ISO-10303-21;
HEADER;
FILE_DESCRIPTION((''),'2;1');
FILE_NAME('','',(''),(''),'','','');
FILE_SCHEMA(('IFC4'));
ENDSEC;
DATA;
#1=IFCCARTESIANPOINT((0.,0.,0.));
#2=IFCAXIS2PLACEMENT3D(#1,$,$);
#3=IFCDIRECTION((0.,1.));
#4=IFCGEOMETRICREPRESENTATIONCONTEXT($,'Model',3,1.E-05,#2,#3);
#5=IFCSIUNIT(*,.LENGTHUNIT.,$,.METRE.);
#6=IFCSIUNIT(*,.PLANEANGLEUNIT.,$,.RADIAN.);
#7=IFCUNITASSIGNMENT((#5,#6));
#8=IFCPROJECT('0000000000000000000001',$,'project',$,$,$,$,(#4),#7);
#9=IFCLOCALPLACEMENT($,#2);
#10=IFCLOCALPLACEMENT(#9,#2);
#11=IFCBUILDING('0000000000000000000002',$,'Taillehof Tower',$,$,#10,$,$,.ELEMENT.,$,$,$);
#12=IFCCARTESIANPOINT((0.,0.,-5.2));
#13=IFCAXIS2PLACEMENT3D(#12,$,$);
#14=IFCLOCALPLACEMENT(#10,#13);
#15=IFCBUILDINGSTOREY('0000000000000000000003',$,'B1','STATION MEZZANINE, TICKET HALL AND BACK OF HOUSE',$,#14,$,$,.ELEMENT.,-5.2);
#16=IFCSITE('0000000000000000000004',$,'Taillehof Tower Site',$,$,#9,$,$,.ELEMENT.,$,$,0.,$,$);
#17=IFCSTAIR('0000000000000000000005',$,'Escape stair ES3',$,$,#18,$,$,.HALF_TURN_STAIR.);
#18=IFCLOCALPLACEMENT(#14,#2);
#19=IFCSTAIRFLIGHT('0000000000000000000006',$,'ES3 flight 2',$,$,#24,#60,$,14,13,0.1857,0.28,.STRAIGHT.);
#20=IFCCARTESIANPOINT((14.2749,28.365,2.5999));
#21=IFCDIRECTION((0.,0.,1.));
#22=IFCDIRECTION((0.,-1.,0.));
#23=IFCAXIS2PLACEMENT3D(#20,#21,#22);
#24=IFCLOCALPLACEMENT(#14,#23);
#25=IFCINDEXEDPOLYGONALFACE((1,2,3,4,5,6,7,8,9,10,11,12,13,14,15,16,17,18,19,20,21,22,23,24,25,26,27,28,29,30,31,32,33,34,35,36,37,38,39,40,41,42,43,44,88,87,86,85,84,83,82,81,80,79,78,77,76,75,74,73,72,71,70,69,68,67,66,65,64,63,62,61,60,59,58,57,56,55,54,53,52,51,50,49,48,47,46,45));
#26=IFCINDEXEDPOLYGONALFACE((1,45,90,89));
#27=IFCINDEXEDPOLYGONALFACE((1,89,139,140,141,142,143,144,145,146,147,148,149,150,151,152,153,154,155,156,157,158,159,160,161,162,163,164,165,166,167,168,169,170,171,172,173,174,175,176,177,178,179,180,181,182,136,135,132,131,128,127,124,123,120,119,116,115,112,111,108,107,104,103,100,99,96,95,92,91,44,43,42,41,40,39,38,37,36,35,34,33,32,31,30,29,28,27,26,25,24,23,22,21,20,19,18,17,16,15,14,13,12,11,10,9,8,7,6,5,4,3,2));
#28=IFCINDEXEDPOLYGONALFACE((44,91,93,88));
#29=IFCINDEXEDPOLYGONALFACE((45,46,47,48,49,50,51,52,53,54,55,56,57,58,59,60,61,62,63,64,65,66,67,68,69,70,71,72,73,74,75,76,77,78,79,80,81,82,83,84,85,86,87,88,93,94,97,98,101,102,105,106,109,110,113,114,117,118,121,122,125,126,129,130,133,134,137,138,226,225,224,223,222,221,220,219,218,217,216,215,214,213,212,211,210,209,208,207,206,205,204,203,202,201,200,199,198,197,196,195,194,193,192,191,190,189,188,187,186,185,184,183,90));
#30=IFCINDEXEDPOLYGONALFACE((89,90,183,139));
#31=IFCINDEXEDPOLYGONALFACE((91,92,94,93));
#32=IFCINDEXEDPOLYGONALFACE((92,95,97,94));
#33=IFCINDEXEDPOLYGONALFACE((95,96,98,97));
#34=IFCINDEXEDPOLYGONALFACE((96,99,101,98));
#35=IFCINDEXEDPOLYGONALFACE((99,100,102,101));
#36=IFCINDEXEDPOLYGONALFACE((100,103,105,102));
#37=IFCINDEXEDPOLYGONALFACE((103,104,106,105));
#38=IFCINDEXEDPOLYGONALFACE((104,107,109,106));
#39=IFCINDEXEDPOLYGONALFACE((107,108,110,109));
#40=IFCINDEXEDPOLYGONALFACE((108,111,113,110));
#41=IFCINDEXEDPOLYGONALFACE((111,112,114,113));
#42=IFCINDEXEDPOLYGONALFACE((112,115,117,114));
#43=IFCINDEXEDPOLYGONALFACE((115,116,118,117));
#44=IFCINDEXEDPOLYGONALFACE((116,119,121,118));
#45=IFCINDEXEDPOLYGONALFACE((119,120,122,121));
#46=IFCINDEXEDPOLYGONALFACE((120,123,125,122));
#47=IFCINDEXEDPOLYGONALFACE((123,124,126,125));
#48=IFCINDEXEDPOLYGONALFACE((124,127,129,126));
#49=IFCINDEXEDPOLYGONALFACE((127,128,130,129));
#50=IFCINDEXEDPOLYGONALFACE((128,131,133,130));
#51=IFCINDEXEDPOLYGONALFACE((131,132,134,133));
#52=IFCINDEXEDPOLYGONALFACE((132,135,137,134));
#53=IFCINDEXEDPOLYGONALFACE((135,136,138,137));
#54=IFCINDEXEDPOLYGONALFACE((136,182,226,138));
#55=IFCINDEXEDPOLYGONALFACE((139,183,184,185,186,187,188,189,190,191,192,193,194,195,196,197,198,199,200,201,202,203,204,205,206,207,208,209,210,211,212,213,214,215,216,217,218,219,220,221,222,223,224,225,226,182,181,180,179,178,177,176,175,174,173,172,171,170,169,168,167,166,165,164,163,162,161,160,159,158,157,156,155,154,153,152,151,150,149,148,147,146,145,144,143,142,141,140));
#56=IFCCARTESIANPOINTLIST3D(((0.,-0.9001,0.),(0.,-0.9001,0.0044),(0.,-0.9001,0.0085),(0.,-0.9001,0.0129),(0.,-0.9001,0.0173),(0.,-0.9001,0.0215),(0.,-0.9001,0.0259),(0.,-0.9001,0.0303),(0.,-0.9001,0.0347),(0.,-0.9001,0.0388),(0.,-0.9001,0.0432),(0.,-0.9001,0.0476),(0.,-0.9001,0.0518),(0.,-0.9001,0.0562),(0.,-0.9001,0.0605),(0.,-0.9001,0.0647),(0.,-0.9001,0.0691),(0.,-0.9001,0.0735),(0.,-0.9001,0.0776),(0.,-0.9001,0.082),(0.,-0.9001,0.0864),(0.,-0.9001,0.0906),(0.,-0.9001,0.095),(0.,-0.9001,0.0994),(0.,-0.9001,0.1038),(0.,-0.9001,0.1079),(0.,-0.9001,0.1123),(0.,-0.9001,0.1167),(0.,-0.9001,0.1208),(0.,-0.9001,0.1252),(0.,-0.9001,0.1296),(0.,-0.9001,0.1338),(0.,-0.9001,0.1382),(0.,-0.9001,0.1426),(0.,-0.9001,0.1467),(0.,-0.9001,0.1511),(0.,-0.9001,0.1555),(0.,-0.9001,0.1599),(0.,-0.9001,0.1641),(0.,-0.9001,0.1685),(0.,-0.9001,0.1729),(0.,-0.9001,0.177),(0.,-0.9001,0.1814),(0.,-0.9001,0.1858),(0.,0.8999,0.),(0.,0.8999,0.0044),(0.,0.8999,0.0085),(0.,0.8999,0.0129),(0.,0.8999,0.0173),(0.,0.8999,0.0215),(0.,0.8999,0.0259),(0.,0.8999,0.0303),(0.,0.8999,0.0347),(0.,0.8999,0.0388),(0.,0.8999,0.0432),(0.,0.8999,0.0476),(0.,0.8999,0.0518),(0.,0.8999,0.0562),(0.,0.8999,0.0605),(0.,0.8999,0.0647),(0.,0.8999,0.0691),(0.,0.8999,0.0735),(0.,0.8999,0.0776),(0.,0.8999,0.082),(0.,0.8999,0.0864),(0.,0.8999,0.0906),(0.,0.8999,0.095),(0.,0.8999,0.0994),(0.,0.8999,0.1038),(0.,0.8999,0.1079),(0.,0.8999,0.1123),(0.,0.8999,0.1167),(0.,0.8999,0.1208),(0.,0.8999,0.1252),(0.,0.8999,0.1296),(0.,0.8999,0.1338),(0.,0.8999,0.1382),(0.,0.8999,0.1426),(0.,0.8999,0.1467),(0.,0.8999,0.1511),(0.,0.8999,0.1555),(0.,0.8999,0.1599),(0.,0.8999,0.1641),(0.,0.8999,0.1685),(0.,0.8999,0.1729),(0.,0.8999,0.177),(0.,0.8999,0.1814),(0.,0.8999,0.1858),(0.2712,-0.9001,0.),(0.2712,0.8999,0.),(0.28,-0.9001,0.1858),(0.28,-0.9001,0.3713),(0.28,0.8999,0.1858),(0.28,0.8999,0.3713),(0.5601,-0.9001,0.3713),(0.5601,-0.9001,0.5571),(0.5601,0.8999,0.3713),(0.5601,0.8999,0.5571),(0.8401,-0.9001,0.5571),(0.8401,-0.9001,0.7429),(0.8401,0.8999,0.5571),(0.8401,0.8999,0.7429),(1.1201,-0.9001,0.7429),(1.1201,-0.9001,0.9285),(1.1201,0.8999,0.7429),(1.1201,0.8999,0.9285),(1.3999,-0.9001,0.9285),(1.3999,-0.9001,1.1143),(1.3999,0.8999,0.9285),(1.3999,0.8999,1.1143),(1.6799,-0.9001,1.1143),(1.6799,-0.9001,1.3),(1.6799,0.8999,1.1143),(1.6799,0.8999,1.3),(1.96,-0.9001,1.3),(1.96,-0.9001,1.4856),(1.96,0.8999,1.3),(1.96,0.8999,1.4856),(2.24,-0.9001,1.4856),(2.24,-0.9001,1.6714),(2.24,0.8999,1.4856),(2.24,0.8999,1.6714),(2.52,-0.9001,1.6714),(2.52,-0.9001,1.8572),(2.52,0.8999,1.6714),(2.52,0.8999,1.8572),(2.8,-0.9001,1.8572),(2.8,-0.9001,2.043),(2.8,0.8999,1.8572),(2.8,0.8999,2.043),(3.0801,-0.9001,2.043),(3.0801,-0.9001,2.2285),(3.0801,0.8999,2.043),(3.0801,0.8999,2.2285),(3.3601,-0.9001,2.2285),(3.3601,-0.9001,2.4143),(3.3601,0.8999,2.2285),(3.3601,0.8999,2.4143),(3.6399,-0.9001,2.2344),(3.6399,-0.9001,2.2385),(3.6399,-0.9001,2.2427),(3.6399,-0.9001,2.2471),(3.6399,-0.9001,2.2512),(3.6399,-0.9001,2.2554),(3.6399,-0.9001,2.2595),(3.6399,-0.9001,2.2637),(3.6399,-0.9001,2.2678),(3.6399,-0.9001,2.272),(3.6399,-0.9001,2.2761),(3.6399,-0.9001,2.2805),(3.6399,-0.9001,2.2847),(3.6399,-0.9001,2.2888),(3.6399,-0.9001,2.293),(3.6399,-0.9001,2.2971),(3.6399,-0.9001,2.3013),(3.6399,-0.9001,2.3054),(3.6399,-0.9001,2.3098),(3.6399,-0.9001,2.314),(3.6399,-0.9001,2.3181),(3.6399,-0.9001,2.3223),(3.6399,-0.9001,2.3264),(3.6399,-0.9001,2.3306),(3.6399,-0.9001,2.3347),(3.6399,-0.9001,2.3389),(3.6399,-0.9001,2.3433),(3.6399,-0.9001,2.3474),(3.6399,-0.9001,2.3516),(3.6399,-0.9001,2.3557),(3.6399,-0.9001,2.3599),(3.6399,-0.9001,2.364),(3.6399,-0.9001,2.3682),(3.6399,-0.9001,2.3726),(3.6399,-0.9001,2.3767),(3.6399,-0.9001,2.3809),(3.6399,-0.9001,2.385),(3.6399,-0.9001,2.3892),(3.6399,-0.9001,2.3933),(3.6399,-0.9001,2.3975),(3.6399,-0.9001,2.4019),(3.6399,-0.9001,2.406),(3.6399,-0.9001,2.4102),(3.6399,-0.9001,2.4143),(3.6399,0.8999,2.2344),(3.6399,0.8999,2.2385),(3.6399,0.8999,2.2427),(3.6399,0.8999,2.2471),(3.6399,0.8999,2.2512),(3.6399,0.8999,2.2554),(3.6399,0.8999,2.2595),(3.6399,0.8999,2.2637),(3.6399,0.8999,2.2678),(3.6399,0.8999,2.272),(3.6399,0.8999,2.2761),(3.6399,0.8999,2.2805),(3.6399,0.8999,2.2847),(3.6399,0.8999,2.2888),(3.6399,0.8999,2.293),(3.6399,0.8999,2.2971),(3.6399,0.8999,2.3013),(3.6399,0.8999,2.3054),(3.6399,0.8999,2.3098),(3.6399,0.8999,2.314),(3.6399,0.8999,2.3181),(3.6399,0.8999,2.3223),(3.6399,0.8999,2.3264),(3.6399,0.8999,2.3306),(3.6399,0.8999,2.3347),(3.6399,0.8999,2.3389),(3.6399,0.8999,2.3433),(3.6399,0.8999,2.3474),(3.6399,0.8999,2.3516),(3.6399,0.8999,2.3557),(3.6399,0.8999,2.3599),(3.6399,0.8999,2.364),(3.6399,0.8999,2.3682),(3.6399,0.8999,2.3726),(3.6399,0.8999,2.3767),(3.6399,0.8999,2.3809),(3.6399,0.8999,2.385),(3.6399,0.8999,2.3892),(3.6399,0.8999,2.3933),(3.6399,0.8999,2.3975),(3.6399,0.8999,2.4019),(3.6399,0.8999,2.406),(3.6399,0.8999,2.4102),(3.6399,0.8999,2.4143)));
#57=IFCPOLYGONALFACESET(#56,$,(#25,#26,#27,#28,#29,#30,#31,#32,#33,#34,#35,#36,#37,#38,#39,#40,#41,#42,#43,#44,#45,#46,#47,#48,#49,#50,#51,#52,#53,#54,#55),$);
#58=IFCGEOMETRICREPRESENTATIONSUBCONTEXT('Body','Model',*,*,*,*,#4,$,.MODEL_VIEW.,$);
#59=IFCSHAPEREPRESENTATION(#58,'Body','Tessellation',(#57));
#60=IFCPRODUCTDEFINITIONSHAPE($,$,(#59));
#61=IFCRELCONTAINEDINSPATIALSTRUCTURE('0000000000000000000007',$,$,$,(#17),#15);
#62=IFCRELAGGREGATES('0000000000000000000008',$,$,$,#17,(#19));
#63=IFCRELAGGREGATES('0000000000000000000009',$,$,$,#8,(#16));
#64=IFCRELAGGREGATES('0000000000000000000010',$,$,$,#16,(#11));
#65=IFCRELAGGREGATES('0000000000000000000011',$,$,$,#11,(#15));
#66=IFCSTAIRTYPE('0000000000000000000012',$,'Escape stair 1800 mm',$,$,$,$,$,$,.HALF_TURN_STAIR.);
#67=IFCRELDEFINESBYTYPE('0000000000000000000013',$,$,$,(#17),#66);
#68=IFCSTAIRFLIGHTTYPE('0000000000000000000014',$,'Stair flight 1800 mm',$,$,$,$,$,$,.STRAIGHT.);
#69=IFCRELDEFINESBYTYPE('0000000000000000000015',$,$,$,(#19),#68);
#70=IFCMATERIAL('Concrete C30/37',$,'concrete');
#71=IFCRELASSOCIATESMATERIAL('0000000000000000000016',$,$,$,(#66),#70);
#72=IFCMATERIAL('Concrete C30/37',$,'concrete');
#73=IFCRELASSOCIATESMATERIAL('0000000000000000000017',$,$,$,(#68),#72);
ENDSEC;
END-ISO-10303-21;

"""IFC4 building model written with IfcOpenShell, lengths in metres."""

from ifc_helpers import new_model, si_unit, direction, frame, origin, place, context, subcontext, project, spatial, polyline, outline, extrude, material, type_object, element, aggregate, save


model = new_model("IFC4")

# Units and contexts
model_context = context("Model", 3, precision=1e-05, world=origin(), true_north=direction((0.0, 1.0)))
body_context = subcontext(model_context, "Body", "Model", "MODEL_VIEW")
ifc_project = project(units=[si_unit("LENGTHUNIT", "METRE"), si_unit("PLANEANGLEUNIT", "RADIAN")], contexts=[model_context])

# Site, building, storey
site_placement = place(None, origin())
site = spatial("IfcSite", under=ifc_project, at=site_placement, Name="Taillehof Tower Site", CompositionType="ELEMENT", RefElevation=0.0)
building_placement = place(site_placement, origin())
building = spatial("IfcBuilding", under=site, at=building_placement, Name="Taillehof Tower", CompositionType="ELEMENT")
storey_placement = place(building_placement, frame((0.0, 0.0, -5.2)))
storey = spatial("IfcBuildingStorey", under=building, at=storey_placement, Name="B1", Description="STATION MEZZANINE, TICKET HALL AND BACK OF HOUSE", CompositionType="ELEMENT", Elevation=-5.2)

# Stair, stair flight
ifc_material_1 = material(Name="Concrete C30/37", Category="concrete")
stair_type = type_object("IfcStairType", Name="Escape stair 1800 mm", PredefinedType="HALF_TURN_STAIR", material=ifc_material_1)
stair_placement = place(storey_placement, origin())
stair = element("IfcStair", 1, at=stair_placement, inside=storey, type_object=stair_type, Name="Escape stair ES3", PredefinedType="HALF_TURN_STAIR")
ifc_material_2 = material(Name="Concrete C30/37", Category="concrete")
stair_flight_type = type_object("IfcStairFlightType", Name="Stair flight 1800 mm", PredefinedType="STRAIGHT", material=ifc_material_2)
stair_flight_1_placement = place(storey_placement, frame((14.2749, 28.365, 2.5999), z_axis=(0.0, 0.0, 1.0), x_axis=(0.0, -1.0, 0.0)))
stair_flight_1 = element("IfcStairFlight", 2, at=stair_flight_1_placement, type_object=stair_flight_type, Name="ES3 flight 2", NumberOfRisers=14, NumberOfTreads=13, PredefinedType="STRAIGHT", RiserHeight=0.1857, TreadLength=0.28, context=body_context, shape_type="SweptSolid", body=[
    extrude(outline(polyline([(0.0, 0.0), (0.0, 0.0044), (0.0, 0.0085), (0.0, 0.0129), (0.0, 0.0173), (0.0, 0.0215), (0.0, 0.0259), (0.0, 0.0303), (0.0, 0.0347), (0.0, 0.0388), (0.0, 0.0432), (0.0, 0.0476), (0.0, 0.0518), (0.0, 0.0562), (0.0, 0.0605), (0.0, 0.0647), (0.0, 0.0691), (0.0, 0.0735), (0.0, 0.0776), (0.0, 0.082), (0.0, 0.0864), (0.0, 0.0906), (0.0, 0.095), (0.0, 0.0994), (0.0, 0.1038), (0.0, 0.1079), (0.0, 0.1123), (0.0, 0.1167), (0.0, 0.1208), (0.0, 0.1252), (0.0, 0.1296), (0.0, 0.1338), (0.0, 0.1382), (0.0, 0.1426), (0.0, 0.1467), (0.0, 0.1511), (0.0, 0.1555), (0.0, 0.1599), (0.0, 0.1641), (0.0, 0.1685), (0.0, 0.1729), (0.0, 0.177), (0.0, 0.1814), (0.0, 0.1858), (0.28, 0.1858), (0.28, 0.3713), (0.5601, 0.3713), (0.5601, 0.5571), (0.8401, 0.5571), (0.8401, 0.7429), (1.1201, 0.7429), (1.1201, 0.9285), (1.3999, 0.9285), (1.3999, 1.1143), (1.6799, 1.1143), (1.6799, 1.3), (1.96, 1.3), (1.96, 1.4856), (2.24, 1.4856), (2.24, 1.6714), (2.52, 1.6714), (2.52, 1.8572), (2.8, 1.8572), (2.8, 2.043), (3.0801, 2.043), (3.0801, 2.2285), (3.3601, 2.2285), (3.3601, 2.4143), (3.6399, 2.4143), (3.6399, 2.4102), (3.6399, 2.406), (3.6399, 2.4019), (3.6399, 2.3975), (3.6399, 2.3933), (3.6399, 2.3892), (3.6399, 2.385), (3.6399, 2.3809), (3.6399, 2.3767), (3.6399, 2.3726), (3.6399, 2.3682), (3.6399, 2.364), (3.6399, 2.3599), (3.6399, 2.3557), (3.6399, 2.3516), (3.6399, 2.3474), (3.6399, 2.3433), (3.6399, 2.3389), (3.6399, 2.3347), (3.6399, 2.3306), (3.6399, 2.3264), (3.6399, 2.3223), (3.6399, 2.3181), (3.6399, 2.314), (3.6399, 2.3098), (3.6399, 2.3054), (3.6399, 2.3013), (3.6399, 2.2971), (3.6399, 2.293), (3.6399, 2.2888), (3.6399, 2.2847), (3.6399, 2.2805), (3.6399, 2.2761), (3.6399, 2.272), (3.6399, 2.2678), (3.6399, 2.2637), (3.6399, 2.2595), (3.6399, 2.2554), (3.6399, 2.2512), (3.6399, 2.2471), (3.6399, 2.2427), (3.6399, 2.2385), (3.6399, 2.2344), (0.2712, 0.0), (0.0, 0.0)])), frame((0.0, 0.8999, 0.0), z_axis=(0.0, -1.0, 0.0), x_axis=(1.0, 0.0, 0.0)), (0.0, 0.0, 1.0), 1.8),
])
aggregate(stair, [stair_flight_1])

save(model, "model.ifc")
